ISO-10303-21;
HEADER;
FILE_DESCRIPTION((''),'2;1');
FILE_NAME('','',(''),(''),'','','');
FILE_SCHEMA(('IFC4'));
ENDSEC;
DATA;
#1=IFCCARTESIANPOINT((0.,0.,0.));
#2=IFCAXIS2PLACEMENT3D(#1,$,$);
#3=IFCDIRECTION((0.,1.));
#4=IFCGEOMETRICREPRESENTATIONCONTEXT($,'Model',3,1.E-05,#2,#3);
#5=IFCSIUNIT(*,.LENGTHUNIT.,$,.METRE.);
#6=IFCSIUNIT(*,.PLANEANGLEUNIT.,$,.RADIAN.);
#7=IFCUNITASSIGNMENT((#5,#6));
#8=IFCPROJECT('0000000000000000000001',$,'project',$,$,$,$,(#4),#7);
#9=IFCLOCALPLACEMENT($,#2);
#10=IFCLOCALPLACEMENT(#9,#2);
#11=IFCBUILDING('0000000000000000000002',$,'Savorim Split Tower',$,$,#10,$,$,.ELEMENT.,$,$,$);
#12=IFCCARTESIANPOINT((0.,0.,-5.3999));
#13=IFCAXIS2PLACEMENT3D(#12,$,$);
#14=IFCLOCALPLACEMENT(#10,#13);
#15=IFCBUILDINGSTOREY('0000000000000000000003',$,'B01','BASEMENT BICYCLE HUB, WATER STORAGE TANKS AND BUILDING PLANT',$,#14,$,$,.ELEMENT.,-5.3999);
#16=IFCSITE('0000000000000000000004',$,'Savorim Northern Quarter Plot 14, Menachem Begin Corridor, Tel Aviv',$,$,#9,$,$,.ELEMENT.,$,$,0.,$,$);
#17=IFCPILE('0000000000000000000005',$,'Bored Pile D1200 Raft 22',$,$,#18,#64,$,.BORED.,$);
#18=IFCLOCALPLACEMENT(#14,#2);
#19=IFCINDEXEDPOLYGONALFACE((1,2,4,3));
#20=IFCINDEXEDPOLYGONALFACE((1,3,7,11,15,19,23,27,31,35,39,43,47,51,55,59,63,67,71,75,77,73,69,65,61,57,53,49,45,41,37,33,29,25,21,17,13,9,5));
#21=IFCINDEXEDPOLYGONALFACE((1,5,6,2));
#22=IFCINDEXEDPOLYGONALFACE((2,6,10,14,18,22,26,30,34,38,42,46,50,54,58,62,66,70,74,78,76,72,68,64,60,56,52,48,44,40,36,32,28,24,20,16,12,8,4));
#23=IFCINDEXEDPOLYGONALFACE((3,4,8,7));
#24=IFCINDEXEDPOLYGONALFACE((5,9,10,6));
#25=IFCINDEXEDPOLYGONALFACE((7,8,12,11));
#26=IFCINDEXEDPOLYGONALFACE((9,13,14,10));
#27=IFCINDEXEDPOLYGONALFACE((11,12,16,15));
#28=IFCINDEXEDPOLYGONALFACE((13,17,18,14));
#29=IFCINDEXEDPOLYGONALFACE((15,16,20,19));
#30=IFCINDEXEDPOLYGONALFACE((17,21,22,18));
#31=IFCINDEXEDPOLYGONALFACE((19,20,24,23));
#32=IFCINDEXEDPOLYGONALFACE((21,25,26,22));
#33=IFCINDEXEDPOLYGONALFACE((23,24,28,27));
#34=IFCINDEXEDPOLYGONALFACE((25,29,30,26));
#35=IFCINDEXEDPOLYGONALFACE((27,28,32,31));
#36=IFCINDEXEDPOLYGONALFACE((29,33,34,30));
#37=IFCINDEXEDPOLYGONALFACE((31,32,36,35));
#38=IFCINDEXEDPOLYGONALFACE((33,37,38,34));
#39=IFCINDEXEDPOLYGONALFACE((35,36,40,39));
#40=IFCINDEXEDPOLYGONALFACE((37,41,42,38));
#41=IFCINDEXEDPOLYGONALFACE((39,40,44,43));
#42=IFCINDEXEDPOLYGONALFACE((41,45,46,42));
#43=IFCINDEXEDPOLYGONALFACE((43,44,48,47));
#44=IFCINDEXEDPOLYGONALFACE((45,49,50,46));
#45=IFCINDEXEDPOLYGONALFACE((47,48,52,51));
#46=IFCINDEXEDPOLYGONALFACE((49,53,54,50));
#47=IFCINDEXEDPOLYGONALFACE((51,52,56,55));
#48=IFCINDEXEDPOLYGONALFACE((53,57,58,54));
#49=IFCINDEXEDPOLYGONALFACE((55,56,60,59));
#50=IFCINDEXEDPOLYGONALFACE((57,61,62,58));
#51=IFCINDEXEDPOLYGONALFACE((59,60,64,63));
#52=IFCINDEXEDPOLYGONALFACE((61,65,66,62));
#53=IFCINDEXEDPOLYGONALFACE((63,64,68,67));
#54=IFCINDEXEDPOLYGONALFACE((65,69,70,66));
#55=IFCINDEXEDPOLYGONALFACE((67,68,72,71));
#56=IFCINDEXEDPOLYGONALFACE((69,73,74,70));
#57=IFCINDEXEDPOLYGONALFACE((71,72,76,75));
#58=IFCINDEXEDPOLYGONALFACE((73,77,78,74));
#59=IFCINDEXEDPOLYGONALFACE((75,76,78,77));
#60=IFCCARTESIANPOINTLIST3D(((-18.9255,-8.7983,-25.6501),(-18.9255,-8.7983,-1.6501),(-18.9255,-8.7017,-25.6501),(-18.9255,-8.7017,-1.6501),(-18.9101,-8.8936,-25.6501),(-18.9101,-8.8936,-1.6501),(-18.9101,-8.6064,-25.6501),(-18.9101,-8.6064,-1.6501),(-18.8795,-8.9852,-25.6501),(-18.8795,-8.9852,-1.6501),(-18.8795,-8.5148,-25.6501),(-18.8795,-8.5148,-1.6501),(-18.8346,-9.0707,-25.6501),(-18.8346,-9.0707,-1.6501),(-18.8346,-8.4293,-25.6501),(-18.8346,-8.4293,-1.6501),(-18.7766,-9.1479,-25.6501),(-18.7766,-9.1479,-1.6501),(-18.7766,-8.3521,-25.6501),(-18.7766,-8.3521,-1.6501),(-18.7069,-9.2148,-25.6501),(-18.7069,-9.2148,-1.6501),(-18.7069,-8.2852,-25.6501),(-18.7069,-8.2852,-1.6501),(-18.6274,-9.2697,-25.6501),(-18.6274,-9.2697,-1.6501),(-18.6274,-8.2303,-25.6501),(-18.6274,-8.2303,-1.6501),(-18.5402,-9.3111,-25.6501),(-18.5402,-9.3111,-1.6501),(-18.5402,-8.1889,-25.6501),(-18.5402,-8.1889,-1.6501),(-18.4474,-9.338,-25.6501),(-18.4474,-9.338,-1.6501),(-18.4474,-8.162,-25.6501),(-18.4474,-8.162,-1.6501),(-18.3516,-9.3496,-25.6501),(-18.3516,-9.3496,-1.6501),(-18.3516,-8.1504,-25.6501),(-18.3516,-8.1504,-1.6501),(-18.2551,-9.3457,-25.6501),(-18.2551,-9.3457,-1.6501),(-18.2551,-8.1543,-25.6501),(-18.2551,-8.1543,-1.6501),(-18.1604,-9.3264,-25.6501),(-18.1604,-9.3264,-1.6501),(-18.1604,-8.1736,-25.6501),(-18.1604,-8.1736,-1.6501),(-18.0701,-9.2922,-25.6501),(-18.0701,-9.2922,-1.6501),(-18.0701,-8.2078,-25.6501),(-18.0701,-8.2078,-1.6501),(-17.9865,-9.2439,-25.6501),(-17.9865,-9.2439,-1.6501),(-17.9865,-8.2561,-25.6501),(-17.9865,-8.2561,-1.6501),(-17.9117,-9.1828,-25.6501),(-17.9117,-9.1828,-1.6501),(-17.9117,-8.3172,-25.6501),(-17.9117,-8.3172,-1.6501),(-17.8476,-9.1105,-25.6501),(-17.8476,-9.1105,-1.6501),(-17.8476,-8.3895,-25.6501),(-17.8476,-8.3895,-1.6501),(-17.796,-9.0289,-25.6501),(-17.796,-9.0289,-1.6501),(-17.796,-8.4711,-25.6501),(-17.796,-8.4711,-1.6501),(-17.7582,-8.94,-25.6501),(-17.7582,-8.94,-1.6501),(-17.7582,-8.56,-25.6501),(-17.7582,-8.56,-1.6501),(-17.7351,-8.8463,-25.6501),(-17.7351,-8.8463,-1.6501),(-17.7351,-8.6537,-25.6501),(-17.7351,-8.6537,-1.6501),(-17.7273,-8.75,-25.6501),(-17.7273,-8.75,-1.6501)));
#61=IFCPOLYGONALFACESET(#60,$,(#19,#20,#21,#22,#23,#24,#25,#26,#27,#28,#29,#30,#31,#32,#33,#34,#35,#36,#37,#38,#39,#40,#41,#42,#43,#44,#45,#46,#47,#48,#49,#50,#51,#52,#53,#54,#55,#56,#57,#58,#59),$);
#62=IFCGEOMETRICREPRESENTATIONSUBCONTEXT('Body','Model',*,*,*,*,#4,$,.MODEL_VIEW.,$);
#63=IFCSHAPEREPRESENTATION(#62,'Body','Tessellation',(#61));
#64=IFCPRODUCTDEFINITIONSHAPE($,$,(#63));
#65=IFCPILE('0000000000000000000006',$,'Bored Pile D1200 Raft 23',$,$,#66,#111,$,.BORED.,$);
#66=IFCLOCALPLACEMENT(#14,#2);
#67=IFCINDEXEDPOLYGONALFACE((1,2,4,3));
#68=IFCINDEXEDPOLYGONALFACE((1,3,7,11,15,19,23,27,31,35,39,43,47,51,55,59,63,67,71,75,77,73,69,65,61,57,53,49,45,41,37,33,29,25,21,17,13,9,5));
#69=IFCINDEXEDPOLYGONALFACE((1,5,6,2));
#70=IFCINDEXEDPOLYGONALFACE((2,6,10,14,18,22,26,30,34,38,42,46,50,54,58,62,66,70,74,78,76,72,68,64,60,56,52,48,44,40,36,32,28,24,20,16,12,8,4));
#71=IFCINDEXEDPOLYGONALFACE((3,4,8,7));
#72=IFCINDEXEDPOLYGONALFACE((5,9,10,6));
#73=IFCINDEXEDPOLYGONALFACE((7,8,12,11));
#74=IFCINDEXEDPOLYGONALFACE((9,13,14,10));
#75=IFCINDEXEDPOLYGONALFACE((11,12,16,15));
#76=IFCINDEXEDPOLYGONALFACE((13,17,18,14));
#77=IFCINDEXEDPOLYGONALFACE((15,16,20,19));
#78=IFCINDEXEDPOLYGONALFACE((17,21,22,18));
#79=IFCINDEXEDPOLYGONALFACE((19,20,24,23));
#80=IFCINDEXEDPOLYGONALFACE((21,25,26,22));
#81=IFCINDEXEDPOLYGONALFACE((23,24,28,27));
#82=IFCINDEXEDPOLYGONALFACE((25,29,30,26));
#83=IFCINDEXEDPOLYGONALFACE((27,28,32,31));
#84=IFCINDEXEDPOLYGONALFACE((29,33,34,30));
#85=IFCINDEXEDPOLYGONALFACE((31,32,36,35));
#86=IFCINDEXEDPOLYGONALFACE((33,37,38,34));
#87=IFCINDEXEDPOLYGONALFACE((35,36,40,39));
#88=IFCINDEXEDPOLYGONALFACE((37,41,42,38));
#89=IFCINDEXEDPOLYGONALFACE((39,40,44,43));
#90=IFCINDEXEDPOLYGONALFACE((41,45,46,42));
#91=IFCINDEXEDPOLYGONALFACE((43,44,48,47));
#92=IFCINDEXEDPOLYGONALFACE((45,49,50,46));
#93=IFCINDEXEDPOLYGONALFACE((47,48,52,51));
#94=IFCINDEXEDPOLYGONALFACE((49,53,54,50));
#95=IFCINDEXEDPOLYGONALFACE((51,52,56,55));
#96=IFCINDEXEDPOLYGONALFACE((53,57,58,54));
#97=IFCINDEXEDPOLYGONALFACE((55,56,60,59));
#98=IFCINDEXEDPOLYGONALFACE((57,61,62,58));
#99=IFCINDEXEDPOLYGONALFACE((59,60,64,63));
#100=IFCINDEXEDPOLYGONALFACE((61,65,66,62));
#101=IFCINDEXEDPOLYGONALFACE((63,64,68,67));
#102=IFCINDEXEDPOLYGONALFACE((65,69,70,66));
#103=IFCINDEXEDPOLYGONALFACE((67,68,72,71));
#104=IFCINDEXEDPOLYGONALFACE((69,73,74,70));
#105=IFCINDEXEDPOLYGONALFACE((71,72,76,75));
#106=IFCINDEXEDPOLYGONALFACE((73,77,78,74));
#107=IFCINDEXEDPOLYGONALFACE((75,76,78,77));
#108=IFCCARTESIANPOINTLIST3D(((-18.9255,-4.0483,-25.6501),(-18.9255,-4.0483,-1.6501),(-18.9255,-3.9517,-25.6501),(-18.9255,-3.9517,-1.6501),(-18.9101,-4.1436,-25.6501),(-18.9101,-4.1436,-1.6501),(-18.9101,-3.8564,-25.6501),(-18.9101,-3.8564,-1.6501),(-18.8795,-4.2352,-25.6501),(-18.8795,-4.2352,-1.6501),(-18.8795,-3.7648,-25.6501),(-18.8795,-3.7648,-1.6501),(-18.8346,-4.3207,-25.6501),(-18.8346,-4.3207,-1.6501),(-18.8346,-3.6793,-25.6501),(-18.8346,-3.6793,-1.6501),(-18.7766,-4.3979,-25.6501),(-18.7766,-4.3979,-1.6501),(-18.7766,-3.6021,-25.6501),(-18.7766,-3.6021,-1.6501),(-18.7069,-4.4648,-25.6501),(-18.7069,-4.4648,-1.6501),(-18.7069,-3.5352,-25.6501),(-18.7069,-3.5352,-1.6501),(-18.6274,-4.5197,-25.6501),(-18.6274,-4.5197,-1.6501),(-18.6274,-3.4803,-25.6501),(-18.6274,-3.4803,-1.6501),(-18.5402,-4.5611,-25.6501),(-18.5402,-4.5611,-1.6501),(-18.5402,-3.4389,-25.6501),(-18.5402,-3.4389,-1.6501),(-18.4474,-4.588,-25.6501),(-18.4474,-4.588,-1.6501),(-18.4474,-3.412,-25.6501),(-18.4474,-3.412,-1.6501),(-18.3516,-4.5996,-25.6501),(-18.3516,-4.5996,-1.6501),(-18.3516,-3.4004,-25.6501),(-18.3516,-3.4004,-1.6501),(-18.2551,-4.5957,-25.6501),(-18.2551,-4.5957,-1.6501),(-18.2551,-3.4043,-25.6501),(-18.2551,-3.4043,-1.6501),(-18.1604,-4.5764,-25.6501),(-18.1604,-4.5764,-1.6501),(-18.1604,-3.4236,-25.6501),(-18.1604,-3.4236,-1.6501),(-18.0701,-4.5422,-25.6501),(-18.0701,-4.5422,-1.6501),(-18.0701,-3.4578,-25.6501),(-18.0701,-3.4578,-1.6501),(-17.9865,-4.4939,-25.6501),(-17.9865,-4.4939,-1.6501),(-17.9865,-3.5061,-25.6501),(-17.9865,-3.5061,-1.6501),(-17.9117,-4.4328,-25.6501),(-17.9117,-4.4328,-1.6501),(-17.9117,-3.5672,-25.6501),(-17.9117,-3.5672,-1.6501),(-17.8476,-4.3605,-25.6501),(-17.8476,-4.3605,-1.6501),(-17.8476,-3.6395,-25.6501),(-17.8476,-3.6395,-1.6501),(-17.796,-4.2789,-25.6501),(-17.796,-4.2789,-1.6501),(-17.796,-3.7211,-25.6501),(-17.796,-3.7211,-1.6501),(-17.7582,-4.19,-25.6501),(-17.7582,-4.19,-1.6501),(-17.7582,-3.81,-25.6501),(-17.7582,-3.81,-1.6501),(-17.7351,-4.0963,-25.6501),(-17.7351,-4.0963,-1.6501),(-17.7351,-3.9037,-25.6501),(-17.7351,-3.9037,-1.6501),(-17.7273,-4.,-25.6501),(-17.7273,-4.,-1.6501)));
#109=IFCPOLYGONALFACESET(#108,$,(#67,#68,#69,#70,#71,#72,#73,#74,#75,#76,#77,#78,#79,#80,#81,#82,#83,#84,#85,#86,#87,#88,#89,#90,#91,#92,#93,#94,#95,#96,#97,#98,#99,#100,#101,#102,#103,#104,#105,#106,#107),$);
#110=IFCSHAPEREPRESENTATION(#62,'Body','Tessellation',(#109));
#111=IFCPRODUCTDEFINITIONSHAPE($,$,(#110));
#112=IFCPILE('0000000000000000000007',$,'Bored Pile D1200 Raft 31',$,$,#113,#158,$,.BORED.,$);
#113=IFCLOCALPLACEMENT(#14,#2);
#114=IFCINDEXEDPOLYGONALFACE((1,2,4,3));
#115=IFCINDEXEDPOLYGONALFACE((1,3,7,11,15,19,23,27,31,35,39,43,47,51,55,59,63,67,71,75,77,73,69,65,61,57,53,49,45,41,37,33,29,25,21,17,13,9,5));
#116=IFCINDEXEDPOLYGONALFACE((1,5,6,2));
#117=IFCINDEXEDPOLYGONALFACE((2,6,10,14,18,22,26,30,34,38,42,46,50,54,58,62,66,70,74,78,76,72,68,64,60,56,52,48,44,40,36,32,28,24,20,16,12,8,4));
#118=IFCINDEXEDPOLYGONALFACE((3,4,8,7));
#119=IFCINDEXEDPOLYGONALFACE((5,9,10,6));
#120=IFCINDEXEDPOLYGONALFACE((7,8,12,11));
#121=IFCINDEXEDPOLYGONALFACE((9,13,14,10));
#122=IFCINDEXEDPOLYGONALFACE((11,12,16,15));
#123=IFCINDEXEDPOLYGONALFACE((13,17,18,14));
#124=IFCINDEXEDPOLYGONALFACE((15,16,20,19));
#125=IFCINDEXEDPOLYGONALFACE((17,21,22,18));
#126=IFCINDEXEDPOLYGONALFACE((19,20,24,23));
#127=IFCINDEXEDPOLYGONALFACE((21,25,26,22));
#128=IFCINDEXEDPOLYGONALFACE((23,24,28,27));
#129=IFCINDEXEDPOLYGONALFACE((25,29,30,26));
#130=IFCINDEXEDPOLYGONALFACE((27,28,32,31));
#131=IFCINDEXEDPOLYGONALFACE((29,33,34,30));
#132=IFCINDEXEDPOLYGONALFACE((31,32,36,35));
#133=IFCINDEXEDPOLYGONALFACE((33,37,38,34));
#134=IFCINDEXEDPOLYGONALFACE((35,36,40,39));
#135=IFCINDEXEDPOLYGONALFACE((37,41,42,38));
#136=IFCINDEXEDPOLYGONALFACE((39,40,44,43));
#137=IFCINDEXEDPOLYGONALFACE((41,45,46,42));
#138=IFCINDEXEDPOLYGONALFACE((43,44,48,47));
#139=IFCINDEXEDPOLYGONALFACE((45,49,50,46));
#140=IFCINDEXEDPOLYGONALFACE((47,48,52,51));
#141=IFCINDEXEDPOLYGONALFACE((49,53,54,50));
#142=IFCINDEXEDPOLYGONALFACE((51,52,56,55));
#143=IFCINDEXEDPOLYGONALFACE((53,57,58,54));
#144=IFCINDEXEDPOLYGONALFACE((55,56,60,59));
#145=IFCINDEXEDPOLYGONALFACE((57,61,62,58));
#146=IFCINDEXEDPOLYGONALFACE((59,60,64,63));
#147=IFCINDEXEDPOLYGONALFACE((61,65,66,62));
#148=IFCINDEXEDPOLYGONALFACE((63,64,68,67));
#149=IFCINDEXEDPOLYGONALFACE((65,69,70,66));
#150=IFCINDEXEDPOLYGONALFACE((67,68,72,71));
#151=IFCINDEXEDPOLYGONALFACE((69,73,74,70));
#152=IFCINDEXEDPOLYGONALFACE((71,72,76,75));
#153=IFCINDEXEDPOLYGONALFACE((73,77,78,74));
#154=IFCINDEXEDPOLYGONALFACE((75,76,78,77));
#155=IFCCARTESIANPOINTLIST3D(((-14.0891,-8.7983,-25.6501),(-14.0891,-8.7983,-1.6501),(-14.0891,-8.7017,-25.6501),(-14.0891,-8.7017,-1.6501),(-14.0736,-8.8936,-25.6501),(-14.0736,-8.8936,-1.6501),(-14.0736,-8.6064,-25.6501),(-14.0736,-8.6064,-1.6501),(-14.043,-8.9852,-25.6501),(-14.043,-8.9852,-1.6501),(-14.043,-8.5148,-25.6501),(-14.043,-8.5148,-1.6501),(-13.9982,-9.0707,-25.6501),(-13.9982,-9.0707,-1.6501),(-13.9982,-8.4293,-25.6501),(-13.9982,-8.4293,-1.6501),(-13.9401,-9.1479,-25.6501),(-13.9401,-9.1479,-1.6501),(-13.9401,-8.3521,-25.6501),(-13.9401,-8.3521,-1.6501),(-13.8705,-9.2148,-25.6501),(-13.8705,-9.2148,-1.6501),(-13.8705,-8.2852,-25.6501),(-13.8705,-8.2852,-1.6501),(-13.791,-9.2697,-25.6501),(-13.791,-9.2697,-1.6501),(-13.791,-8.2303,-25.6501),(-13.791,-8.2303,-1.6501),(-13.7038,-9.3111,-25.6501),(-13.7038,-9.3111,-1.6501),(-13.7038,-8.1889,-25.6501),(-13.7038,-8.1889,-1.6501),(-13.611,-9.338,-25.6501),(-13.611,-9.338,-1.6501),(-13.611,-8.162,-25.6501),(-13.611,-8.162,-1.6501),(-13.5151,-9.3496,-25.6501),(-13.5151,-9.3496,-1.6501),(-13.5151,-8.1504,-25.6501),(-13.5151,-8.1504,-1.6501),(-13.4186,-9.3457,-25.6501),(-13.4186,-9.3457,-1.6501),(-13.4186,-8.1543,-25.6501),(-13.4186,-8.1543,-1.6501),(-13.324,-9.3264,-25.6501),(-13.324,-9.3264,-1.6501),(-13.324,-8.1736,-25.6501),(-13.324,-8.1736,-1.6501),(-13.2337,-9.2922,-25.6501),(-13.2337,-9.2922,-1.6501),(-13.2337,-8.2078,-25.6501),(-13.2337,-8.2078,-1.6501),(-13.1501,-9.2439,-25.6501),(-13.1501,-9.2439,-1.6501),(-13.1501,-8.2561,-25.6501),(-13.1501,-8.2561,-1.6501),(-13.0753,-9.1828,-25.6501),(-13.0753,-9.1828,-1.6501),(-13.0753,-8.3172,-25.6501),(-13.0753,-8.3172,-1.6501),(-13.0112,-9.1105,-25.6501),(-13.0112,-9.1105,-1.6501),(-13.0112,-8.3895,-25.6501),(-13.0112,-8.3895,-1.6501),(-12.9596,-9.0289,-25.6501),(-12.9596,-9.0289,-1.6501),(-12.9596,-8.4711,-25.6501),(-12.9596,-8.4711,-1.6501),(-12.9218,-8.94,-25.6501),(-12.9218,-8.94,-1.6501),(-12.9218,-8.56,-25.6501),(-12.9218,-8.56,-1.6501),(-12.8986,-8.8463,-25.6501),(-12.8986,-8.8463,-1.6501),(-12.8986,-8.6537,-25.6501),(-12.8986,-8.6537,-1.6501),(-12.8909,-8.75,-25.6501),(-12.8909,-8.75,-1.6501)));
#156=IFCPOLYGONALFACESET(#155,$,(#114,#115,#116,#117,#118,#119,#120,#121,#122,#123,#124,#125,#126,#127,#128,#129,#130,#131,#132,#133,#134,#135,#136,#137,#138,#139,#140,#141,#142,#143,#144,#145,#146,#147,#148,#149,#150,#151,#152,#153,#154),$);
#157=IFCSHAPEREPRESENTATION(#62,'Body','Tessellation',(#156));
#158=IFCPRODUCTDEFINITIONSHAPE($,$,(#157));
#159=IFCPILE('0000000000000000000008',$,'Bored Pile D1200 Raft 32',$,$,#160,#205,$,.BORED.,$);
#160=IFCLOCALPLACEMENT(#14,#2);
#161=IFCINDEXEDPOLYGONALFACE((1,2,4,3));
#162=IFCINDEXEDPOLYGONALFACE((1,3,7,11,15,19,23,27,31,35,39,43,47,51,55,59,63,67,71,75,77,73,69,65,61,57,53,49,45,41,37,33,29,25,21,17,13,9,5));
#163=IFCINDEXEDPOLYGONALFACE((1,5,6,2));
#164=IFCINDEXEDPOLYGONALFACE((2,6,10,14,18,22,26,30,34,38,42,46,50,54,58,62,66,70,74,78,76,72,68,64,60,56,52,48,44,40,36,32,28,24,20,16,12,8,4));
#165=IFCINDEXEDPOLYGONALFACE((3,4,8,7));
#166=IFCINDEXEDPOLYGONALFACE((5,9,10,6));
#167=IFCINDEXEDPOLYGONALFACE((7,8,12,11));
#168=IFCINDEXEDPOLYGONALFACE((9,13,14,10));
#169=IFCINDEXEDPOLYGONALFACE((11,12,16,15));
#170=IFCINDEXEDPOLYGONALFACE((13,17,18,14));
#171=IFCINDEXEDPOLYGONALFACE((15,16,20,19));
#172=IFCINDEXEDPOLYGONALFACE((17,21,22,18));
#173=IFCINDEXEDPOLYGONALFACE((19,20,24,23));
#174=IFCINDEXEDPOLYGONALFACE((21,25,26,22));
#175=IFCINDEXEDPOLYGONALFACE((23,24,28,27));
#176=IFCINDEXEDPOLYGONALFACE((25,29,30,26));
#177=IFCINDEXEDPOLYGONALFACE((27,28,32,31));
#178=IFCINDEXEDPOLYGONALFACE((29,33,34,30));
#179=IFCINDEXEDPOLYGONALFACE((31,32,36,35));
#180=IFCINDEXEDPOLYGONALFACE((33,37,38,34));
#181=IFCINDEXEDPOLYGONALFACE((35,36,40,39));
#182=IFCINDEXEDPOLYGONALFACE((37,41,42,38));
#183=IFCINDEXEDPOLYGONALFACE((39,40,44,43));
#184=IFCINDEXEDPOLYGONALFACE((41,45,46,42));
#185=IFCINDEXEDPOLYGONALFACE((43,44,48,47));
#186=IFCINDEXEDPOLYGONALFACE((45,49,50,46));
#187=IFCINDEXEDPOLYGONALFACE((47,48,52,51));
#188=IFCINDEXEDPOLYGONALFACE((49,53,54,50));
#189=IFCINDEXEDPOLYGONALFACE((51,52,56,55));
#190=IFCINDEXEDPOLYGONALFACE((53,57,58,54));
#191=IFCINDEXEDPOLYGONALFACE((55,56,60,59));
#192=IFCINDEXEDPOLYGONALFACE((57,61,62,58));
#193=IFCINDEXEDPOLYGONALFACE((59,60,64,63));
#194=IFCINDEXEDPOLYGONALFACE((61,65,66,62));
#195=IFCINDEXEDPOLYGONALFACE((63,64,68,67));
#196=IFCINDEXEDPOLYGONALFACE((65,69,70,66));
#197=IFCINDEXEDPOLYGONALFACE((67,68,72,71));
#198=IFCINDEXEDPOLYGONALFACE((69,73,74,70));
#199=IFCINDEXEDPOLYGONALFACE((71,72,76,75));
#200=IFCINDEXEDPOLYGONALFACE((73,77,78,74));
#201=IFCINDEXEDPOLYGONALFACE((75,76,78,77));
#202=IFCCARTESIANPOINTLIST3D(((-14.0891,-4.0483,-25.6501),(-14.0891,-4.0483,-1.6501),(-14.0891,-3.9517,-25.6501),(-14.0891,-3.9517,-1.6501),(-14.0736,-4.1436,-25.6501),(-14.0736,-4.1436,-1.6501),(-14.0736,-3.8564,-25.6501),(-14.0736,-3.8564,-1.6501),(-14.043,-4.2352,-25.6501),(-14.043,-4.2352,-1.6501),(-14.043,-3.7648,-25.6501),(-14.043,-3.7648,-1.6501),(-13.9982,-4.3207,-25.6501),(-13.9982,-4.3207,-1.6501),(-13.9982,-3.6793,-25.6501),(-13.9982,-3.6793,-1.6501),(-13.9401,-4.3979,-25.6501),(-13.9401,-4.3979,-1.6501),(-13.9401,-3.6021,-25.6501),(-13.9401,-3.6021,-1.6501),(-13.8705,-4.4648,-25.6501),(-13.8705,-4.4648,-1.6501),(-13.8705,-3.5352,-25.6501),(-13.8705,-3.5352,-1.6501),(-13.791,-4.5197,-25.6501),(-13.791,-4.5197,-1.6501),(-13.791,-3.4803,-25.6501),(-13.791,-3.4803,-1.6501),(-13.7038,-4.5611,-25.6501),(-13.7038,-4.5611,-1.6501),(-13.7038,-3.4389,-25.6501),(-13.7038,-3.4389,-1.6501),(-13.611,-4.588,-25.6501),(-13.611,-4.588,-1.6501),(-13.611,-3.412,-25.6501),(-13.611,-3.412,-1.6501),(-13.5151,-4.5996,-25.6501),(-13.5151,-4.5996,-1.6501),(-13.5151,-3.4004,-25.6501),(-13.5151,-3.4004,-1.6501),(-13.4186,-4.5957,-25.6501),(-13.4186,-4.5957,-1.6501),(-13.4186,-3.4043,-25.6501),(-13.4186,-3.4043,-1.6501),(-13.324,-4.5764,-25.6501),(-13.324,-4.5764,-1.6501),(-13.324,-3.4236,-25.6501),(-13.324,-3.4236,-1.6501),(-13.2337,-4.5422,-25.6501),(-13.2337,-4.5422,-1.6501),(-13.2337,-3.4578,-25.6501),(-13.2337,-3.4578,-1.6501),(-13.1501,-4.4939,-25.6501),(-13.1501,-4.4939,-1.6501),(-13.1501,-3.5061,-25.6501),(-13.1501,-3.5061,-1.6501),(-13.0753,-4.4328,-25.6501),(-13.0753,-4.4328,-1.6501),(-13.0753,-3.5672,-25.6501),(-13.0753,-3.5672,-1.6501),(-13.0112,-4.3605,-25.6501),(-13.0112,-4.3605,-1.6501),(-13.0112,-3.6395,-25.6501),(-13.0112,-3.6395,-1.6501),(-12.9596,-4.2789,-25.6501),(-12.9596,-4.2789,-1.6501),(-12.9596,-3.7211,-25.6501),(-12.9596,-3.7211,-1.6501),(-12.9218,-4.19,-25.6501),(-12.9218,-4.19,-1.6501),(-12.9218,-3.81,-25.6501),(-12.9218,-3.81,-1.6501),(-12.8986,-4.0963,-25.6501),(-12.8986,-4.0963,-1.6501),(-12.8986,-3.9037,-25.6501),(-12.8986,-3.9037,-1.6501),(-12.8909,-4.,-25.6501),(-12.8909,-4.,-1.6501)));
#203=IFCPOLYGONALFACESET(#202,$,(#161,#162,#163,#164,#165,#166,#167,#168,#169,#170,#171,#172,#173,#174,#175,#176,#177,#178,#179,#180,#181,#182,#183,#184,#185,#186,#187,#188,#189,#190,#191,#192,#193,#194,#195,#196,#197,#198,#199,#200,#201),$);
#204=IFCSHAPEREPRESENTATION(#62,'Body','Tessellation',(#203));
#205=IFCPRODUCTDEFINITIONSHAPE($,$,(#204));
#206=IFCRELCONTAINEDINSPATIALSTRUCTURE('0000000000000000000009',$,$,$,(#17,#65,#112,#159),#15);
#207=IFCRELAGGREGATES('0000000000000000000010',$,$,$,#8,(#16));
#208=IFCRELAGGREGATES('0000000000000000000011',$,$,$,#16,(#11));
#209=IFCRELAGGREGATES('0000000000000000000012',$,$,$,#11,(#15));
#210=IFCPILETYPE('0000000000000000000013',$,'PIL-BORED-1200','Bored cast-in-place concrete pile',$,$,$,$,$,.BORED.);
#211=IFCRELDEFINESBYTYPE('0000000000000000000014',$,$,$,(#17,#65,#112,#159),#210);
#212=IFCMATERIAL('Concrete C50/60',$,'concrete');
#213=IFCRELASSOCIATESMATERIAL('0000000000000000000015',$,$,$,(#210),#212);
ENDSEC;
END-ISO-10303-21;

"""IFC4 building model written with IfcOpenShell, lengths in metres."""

from ifc_helpers import new_model, si_unit, direction, frame, origin, origin_2d, place, context, subcontext, project, spatial, circle, extrude, material, material_profile, profile_set, type_object, element, save


model = new_model("IFC4")

# Units and contexts
model_context = context("Model", 3, precision=1e-05, world=origin(), true_north=direction((0.0, 1.0)))
body_context = subcontext(model_context, "Body", "Model", "MODEL_VIEW")
ifc_project = project(units=[si_unit("LENGTHUNIT", "METRE"), si_unit("PLANEANGLEUNIT", "RADIAN")], contexts=[model_context])

# Site, building, storey
site_placement = place(None, origin())
site = spatial("IfcSite", under=ifc_project, at=site_placement, Name="Savorim Northern Quarter Plot 14, Menachem Begin Corridor, Tel Aviv", CompositionType="ELEMENT", RefElevation=0.0)
building_placement = place(site_placement, origin())
building = spatial("IfcBuilding", under=site, at=building_placement, Name="Savorim Split Tower", CompositionType="ELEMENT")
storey_placement = place(building_placement, frame((0.0, 0.0, -5.3999)))
storey = spatial("IfcBuildingStorey", under=building, at=storey_placement, Name="B01", Description="BASEMENT BICYCLE HUB, WATER STORAGE TANKS AND BUILDING PLANT", CompositionType="ELEMENT", Elevation=-5.3999)

# Piles
ifc_material_1 = material(Name="Concrete C50/60", Category="concrete")
ifc_material_profile = material_profile(ifc_material_1, circle(Radius=0.6001, at=origin_2d()), Name="PILE D1200")
ifc_profile_set = profile_set([ifc_material_profile], Name="Concrete C50/60")
pile_type = type_object("IfcPileType", Name="PIL-BORED-1200", Description="Bored cast-in-place concrete pile", PredefinedType="BORED", material=ifc_profile_set)
for number, where, z_axis, x_axis, name in (
    (1, (-18.3274, -8.75, -1.6501), (0.0, 0.0, -1.0), (1.0, 0.0, 0.0), "Bored Pile D1200 Raft 22"),
    (2, (-18.3274, -4.0, -1.6501), (0.0, 0.0, -1.0), (1.0, 0.0, 0.0), "Bored Pile D1200 Raft 23"),
    (3, (-13.491, -8.75, -1.6501), (0.0, 0.0, -1.0), (1.0, 0.0, 0.0), "Bored Pile D1200 Raft 31"),
    (4, (-13.491, -4.0, -1.6501), (0.0, 0.0, -1.0), (1.0, 0.0, 0.0), "Bored Pile D1200 Raft 32"),
):
    element("IfcPile", number, at=place(storey_placement, frame(where, z_axis=z_axis, x_axis=x_axis)), inside=storey, type_object=pile_type, Name=name, PredefinedType="BORED", context=body_context, shape_type="SweptSolid", body=[
        extrude(circle(Radius=0.6001, at=origin_2d()), origin(), (0.0, 0.0, 1.0), 24.0),
    ])

save(model, "model.ifc")
